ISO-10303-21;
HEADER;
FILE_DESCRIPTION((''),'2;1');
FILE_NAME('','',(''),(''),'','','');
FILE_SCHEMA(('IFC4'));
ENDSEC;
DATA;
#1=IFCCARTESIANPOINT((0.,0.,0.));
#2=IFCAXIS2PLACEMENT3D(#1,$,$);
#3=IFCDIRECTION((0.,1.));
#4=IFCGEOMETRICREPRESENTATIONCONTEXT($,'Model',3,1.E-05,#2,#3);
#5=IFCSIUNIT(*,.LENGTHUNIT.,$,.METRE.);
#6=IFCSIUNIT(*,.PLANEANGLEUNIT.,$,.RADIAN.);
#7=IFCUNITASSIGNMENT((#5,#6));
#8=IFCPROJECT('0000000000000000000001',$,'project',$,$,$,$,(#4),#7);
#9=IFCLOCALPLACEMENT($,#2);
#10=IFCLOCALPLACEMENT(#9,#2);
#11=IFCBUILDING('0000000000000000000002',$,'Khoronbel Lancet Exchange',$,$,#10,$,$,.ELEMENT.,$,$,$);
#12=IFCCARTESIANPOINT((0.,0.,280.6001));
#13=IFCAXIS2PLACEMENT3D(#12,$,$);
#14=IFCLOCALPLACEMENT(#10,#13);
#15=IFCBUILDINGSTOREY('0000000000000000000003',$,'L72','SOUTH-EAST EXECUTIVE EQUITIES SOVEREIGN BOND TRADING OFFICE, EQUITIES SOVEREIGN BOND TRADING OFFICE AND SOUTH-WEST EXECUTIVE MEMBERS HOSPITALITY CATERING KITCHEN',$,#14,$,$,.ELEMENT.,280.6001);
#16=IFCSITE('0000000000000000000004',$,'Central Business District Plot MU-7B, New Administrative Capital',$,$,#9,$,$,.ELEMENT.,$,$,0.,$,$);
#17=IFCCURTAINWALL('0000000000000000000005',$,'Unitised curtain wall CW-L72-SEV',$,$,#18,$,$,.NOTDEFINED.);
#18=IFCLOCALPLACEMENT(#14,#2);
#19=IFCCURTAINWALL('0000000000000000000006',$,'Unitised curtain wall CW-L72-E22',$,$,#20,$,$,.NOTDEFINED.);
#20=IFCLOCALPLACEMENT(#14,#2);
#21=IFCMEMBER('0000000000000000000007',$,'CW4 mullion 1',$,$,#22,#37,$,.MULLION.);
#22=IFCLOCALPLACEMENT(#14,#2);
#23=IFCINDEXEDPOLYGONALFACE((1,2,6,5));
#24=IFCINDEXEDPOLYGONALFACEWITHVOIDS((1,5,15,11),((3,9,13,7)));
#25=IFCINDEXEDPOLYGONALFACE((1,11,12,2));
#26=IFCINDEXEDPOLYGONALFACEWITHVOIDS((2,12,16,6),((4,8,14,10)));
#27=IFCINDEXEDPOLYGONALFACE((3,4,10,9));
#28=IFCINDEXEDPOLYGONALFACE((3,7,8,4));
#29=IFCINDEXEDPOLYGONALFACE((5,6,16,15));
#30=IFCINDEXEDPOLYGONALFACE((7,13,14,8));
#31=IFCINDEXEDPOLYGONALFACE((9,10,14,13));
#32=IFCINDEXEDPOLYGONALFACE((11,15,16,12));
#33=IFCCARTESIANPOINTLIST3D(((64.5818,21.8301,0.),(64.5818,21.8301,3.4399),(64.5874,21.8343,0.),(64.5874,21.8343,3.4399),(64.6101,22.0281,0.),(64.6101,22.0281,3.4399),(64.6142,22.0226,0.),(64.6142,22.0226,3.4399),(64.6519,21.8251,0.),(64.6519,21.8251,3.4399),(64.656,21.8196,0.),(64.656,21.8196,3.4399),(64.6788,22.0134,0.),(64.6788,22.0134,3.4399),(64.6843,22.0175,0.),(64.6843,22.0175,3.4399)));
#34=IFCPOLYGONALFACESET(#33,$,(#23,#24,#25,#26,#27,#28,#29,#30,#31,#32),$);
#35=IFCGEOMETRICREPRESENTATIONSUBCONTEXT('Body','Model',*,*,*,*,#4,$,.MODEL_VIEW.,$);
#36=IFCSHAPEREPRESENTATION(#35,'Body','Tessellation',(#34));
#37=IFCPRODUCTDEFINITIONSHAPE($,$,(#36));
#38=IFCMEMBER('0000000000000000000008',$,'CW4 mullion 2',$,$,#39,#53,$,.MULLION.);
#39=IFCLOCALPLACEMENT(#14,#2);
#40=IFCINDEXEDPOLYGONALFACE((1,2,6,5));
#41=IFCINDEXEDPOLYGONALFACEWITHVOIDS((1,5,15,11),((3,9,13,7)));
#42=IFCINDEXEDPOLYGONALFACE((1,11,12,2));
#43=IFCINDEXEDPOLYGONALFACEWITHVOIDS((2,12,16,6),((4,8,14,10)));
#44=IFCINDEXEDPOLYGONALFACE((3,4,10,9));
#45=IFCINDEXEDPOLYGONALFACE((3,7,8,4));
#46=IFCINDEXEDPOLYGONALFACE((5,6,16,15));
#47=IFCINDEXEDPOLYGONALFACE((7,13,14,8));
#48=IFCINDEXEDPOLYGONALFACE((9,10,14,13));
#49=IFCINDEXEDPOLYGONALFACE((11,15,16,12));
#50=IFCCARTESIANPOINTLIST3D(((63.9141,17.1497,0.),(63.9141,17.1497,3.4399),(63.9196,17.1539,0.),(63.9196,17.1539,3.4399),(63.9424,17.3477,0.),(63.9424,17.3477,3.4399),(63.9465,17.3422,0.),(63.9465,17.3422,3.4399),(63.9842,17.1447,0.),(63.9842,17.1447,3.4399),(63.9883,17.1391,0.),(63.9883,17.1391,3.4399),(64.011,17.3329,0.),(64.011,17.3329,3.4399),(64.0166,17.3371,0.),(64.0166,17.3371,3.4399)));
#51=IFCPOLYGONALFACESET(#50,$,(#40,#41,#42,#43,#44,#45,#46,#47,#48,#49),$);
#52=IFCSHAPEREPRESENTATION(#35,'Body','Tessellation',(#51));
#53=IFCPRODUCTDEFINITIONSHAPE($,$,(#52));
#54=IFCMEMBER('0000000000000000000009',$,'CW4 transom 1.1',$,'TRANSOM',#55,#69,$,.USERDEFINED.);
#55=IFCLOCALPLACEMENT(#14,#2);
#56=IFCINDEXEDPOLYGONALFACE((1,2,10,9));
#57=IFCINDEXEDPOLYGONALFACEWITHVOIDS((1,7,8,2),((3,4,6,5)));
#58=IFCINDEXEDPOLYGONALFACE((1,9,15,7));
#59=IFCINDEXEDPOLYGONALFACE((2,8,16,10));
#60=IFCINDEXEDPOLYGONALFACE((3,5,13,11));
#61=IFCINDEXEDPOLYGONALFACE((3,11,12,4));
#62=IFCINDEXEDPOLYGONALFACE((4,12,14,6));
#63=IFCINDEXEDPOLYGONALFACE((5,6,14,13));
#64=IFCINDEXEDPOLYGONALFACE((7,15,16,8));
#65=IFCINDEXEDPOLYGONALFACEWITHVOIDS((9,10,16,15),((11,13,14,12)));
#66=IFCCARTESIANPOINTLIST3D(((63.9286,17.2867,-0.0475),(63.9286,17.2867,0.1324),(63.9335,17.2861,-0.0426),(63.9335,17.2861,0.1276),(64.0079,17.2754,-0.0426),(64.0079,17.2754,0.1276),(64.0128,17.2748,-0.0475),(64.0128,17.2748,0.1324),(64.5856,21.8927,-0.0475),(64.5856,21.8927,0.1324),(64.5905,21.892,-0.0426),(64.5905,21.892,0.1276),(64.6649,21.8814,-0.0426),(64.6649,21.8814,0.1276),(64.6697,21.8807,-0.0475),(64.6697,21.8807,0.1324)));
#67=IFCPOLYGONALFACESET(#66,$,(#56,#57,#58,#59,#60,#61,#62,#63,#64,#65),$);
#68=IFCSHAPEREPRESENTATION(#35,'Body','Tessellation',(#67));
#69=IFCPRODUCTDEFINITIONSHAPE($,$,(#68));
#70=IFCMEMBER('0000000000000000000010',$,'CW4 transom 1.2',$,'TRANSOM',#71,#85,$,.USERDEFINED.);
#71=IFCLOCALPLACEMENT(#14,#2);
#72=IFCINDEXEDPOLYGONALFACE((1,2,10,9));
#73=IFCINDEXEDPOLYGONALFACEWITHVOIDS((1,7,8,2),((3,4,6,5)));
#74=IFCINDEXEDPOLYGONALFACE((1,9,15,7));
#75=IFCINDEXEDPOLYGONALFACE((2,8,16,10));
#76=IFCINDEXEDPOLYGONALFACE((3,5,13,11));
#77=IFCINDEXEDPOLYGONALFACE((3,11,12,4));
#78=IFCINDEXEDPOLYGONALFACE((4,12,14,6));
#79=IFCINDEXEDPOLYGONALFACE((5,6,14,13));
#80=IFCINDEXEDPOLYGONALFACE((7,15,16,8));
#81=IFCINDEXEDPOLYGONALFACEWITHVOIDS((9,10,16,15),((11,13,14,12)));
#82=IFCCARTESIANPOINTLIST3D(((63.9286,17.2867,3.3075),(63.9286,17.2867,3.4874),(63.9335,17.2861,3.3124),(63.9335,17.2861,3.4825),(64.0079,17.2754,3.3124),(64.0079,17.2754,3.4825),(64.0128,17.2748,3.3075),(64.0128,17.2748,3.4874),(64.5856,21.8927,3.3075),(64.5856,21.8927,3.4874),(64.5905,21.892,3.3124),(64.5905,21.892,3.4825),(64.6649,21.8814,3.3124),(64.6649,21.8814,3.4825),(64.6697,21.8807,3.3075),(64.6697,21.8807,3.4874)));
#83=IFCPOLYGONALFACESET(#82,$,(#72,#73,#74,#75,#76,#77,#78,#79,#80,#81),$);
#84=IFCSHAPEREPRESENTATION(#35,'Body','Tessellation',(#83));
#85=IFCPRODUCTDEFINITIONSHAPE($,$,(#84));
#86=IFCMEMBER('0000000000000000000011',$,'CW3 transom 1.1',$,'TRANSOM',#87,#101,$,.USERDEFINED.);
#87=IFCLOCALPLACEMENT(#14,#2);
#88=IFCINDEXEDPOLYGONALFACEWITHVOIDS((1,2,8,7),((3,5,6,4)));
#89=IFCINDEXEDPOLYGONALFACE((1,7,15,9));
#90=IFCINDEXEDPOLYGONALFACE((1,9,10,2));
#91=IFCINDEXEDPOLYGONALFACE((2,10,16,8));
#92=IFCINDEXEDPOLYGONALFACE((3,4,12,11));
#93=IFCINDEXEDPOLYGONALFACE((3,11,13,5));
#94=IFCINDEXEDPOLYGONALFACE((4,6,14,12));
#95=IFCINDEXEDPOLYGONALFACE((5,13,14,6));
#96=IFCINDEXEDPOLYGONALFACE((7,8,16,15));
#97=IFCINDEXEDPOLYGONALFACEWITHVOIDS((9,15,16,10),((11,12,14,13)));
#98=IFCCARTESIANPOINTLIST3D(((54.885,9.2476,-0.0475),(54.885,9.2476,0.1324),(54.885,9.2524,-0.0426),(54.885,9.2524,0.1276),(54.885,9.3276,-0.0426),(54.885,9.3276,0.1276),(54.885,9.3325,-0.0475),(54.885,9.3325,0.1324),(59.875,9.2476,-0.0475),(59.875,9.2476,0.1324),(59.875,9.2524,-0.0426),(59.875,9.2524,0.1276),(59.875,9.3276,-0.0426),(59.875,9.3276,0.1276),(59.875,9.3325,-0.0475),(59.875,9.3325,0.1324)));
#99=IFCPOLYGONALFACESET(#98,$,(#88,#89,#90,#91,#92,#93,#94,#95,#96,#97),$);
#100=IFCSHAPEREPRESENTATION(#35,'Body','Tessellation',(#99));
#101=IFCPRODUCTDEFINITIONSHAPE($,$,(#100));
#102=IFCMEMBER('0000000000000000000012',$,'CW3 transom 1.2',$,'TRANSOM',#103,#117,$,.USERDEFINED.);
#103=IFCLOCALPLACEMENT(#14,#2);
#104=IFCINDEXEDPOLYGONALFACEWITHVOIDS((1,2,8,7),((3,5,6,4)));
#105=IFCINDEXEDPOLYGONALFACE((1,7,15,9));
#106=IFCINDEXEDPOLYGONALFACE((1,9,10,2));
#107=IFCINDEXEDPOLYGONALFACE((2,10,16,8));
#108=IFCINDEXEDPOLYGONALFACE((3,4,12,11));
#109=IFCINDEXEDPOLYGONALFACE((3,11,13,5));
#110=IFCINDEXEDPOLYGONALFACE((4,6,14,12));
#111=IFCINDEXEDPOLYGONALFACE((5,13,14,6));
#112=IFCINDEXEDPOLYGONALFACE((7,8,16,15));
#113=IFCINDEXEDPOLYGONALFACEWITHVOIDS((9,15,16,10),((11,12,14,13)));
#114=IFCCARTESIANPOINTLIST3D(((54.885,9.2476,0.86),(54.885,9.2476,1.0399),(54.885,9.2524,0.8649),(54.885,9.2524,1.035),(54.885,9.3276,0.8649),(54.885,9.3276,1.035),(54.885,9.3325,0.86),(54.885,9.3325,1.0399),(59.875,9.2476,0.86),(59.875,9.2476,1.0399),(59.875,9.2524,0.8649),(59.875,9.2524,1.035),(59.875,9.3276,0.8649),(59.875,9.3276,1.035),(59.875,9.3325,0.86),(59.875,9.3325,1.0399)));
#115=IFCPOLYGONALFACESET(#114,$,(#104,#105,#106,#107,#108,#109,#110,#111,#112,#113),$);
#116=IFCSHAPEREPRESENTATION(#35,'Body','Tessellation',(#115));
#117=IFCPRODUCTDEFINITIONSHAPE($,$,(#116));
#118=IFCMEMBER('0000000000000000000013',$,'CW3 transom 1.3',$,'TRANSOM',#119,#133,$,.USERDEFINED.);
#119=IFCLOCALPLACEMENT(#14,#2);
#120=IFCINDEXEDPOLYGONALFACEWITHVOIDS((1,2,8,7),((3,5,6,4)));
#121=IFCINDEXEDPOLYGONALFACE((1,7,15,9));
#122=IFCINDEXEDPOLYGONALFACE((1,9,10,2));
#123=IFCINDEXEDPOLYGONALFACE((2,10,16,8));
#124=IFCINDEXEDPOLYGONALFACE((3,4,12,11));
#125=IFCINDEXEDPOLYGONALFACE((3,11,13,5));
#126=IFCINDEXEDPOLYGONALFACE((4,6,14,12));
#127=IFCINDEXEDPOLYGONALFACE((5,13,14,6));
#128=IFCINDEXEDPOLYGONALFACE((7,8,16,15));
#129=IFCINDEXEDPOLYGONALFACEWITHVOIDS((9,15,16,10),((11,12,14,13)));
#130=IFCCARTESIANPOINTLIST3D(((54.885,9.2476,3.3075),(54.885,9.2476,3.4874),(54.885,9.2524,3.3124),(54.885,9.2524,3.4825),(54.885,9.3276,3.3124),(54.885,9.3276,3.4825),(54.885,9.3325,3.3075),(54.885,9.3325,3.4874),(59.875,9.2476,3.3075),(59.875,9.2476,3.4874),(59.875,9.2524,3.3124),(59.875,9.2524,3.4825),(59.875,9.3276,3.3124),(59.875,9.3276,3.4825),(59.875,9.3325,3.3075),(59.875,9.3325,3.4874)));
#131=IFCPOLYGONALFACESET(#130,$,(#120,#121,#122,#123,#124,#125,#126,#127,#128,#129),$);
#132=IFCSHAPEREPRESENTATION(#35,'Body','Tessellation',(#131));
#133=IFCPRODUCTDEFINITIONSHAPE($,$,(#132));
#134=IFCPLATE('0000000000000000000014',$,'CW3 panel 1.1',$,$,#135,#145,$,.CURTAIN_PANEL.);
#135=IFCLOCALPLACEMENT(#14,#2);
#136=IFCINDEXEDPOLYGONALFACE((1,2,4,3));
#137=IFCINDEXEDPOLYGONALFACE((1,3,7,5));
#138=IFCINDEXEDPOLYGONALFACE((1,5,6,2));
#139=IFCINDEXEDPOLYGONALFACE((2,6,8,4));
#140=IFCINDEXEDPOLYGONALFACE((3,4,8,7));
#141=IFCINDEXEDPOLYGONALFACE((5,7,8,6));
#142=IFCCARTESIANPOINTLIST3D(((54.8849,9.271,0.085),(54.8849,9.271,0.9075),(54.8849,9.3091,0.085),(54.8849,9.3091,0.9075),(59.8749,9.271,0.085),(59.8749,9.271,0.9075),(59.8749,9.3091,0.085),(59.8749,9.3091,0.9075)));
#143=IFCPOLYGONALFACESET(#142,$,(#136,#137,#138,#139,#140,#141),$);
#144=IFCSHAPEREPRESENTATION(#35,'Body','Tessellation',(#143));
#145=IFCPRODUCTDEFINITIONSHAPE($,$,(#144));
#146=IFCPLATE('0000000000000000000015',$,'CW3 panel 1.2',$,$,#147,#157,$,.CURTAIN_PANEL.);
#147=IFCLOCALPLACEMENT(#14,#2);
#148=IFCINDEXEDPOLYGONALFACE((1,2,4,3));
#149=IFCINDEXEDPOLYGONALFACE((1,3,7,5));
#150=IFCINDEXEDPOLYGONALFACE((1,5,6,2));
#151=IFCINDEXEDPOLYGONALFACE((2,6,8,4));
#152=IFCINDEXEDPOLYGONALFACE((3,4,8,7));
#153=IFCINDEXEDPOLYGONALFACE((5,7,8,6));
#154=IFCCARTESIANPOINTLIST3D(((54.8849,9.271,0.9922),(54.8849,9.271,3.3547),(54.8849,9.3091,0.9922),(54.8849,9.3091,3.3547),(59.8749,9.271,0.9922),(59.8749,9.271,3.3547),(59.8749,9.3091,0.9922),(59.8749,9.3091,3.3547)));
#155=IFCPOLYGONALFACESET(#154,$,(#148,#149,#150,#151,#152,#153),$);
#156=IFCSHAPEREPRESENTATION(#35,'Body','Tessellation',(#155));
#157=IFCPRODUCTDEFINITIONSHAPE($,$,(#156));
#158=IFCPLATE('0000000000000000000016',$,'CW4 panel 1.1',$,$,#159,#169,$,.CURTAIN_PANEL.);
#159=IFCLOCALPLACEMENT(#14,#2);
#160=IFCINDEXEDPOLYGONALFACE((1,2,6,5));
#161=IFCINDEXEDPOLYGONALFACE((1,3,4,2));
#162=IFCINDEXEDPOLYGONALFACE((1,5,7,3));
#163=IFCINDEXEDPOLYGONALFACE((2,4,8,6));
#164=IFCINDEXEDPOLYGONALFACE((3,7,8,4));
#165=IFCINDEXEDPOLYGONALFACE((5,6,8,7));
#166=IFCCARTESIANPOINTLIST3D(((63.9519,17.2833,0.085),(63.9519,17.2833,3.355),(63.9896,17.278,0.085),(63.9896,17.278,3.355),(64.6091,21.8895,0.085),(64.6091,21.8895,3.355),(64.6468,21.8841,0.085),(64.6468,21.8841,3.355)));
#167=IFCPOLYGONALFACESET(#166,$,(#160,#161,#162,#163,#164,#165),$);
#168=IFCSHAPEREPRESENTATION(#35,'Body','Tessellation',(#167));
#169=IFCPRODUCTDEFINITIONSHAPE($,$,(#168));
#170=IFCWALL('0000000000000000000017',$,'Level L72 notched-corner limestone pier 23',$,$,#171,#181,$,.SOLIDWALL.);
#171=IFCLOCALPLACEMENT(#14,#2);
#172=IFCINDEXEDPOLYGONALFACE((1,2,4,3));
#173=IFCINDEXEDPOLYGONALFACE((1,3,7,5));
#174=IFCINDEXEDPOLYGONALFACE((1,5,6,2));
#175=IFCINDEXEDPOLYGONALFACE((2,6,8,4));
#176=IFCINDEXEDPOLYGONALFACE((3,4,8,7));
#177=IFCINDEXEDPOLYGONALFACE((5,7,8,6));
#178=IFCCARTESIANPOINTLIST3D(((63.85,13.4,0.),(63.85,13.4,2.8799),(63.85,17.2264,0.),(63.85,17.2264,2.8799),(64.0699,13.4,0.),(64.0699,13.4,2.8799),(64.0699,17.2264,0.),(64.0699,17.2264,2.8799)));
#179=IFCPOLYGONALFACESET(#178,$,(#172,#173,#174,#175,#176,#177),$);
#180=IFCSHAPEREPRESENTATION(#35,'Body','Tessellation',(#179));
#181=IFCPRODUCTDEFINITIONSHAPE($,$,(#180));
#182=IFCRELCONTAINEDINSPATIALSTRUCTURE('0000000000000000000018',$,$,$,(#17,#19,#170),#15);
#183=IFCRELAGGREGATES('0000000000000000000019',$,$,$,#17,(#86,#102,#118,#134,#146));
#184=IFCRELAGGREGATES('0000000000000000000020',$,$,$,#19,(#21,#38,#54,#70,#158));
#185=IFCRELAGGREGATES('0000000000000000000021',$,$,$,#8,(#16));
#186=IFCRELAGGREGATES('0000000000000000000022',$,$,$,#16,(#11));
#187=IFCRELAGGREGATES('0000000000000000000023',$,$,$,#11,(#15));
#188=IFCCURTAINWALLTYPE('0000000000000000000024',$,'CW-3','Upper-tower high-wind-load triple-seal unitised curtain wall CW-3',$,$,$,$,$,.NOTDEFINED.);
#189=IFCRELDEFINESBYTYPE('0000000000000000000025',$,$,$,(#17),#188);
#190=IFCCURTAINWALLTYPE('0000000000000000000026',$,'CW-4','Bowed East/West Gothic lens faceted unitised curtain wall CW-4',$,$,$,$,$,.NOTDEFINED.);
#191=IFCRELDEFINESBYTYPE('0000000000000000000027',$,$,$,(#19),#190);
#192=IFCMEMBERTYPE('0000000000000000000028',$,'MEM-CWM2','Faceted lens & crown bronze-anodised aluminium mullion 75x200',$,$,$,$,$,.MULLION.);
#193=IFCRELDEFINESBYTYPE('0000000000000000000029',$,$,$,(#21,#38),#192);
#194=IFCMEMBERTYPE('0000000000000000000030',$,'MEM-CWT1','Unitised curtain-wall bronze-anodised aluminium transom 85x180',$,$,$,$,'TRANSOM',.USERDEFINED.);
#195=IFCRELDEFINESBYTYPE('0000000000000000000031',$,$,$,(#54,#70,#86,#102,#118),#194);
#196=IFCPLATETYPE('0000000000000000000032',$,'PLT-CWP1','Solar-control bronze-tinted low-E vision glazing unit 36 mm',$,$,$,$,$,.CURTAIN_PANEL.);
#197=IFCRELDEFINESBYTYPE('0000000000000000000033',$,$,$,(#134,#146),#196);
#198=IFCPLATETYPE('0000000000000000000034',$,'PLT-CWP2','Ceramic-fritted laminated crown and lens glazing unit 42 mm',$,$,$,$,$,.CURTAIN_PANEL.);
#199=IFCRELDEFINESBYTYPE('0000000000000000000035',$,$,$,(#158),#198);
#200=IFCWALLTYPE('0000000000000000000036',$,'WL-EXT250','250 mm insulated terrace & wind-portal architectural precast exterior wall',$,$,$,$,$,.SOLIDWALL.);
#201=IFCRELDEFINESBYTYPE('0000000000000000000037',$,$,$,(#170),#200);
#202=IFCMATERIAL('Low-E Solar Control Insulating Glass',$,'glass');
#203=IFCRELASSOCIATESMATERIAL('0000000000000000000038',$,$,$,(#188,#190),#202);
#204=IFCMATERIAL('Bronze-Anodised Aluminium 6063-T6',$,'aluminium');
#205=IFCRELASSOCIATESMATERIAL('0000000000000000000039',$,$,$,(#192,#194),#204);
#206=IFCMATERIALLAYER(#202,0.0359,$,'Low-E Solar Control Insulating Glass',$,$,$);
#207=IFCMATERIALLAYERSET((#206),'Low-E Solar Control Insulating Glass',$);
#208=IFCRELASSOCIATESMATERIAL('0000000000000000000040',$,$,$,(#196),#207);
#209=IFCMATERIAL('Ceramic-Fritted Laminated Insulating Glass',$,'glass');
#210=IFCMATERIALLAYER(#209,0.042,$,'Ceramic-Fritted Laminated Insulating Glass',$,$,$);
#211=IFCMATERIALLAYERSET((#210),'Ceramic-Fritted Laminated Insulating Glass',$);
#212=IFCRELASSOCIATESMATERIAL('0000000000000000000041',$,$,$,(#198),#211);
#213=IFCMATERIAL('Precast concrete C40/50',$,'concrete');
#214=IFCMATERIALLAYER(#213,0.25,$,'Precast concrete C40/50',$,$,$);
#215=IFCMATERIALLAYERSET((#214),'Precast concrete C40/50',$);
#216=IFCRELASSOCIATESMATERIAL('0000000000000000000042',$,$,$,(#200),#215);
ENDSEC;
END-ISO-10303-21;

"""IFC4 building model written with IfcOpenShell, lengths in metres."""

from ifc_helpers import new_model, si_unit, direction, frame, frame_2d, origin, origin_2d, place, context, subcontext, project, spatial, rectangle, hollow_rectangle, extrude, material, layer, layer_set, material_profile, profile_set, type_object, element, aggregate, save


model = new_model("IFC4")

# Units and contexts
model_context = context("Model", 3, precision=1e-05, world=origin(), true_north=direction((0.0, 1.0)))
body_context = subcontext(model_context, "Body", "Model", "MODEL_VIEW")
ifc_project = project(units=[si_unit("LENGTHUNIT", "METRE"), si_unit("PLANEANGLEUNIT", "RADIAN")], contexts=[model_context])

# Site, building, storey
site_placement = place(None, origin())
site = spatial("IfcSite", under=ifc_project, at=site_placement, Name="Central Business District Plot MU-7B, New Administrative Capital", CompositionType="ELEMENT", RefElevation=0.0)
building_placement = place(site_placement, origin())
building = spatial("IfcBuilding", under=site, at=building_placement, Name="Khoronbel Lancet Exchange", CompositionType="ELEMENT")
storey_placement = place(building_placement, frame((0.0, 0.0, 280.6001)))
storey = spatial("IfcBuildingStorey", under=building, at=storey_placement, Name="L72", Description="SOUTH-EAST EXECUTIVE EQUITIES SOVEREIGN BOND TRADING OFFICE, EQUITIES SOVEREIGN BOND TRADING OFFICE AND SOUTH-WEST EXECUTIVE MEMBERS HOSPITALITY CATERING KITCHEN", CompositionType="ELEMENT", Elevation=280.6001)

# Shared definitions
ifc_material_1 = material(Name="Low-E Solar Control Insulating Glass", Category="glass")
curtain_wall_type_1 = type_object("IfcCurtainWallType", Name="CW-3", Description="Upper-tower high-wind-load triple-seal unitised curtain wall CW-3", PredefinedType="NOTDEFINED", material=ifc_material_1)
ifc_material_2 = material(Name="Bronze-Anodised Aluminium 6063-T6", Category="aluminium")

# Curtain wall
curtain_wall_1_placement = place(storey_placement, origin())
curtain_wall_1 = element("IfcCurtainWall", 1, at=curtain_wall_1_placement, inside=storey, type_object=curtain_wall_type_1, Name="Unitised curtain wall CW-L72-SEV", PredefinedType="NOTDEFINED")

# Shared definitions
curtain_wall_type_2 = type_object("IfcCurtainWallType", Name="CW-4", Description="Bowed East/West Gothic lens faceted unitised curtain wall CW-4", PredefinedType="NOTDEFINED", material=ifc_material_1)
ifc_material_profile_1 = material_profile(ifc_material_2, hollow_rectangle(XDim=0.075, YDim=0.2, WallThickness=0.0049, at=origin_2d()), Name="ALU MULLION 75x200")
ifc_profile_set_1 = profile_set([ifc_material_profile_1], Name="Bronze-Anodised Aluminium 6063-T6")
member_type_1 = type_object("IfcMemberType", Name="MEM-CWM2", Description="Faceted lens & crown bronze-anodised aluminium mullion 75x200", PredefinedType="MULLION", material=ifc_profile_set_1)

# Curtain wall, members
curtain_wall_2_placement = place(storey_placement, origin())
curtain_wall_2 = element("IfcCurtainWall", 2, at=curtain_wall_2_placement, inside=storey, type_object=curtain_wall_type_2, Name="Unitised curtain wall CW-L72-E22", PredefinedType="NOTDEFINED")
member_1_placement = place(storey_placement, frame((64.6331, 21.9238, 0.0), z_axis=(0.0, 0.0, 1.0), x_axis=(0.989974, -0.141252, 0.0)))
member_1 = element("IfcMember", 3, at=member_1_placement, type_object=member_type_1, Name="CW4 mullion 1", PredefinedType="MULLION", context=body_context, shape_type="SweptSolid", body=[
    extrude(hollow_rectangle(XDim=0.075, YDim=0.2, WallThickness=0.0049, at=origin_2d()), origin(), (0.0, 0.0, 1.0), 3.4399),
])
member_2_placement = place(storey_placement, frame((63.9653, 17.2434, 0.0), z_axis=(0.0, 0.0, 1.0), x_axis=(0.989974, -0.141252, 0.0)))
member_2 = element("IfcMember", 4, at=member_2_placement, type_object=member_type_1, Name="CW4 mullion 2", PredefinedType="MULLION", context=body_context, shape_type="SweptSolid", body=[
    extrude(hollow_rectangle(XDim=0.075, YDim=0.2, WallThickness=0.0049, at=origin_2d()), origin(), (0.0, 0.0, 1.0), 3.4399),
])
ifc_material_profile_2 = material_profile(ifc_material_2, hollow_rectangle(XDim=0.085, YDim=0.1799, WallThickness=0.0049, at=origin_2d()), Name="ALU TRANSOM 85x180")
ifc_profile_set_2 = profile_set([ifc_material_profile_2], Name="Bronze-Anodised Aluminium 6063-T6")
member_type_2 = type_object("IfcMemberType", Name="MEM-CWT1", Description="Unitised curtain-wall bronze-anodised aluminium transom 85x180", ElementType="TRANSOM", PredefinedType="USERDEFINED", material=ifc_profile_set_2)
member_3_placement = place(storey_placement, frame((64.6277, 21.8867, 0.0425), z_axis=(-0.141208, -0.98998, 0.0), x_axis=(0.98998, -0.141208, 0.0)))
member_3 = element("IfcMember", 5, at=member_3_placement, type_object=member_type_2, Name="CW4 transom 1.1", ObjectType="TRANSOM", PredefinedType="USERDEFINED", context=body_context, shape_type="SweptSolid", body=[
    extrude(hollow_rectangle(XDim=0.085, YDim=0.1799, WallThickness=0.0049, at=origin_2d()), origin(), (0.0, 0.0, 1.0), 4.6526),
])
member_4_placement = place(storey_placement, frame((64.6277, 21.8867, 3.3975), z_axis=(-0.141208, -0.98998, 0.0), x_axis=(0.98998, -0.141208, 0.0)))
member_4 = element("IfcMember", 6, at=member_4_placement, type_object=member_type_2, Name="CW4 transom 1.2", ObjectType="TRANSOM", PredefinedType="USERDEFINED", context=body_context, shape_type="SweptSolid", body=[
    extrude(hollow_rectangle(XDim=0.085, YDim=0.1799, WallThickness=0.0049, at=origin_2d()), origin(), (0.0, 0.0, 1.0), 4.6526),
])

# Members
member_5_placement = place(storey_placement, frame((54.885, 9.29, 0.0425), z_axis=(1.0, 0.0, 0.0), x_axis=(0.0, 1.0, 0.0)))
member_5 = element("IfcMember", 7, at=member_5_placement, type_object=member_type_2, Name="CW3 transom 1.1", ObjectType="TRANSOM", PredefinedType="USERDEFINED", context=body_context, shape_type="SweptSolid", body=[
    extrude(hollow_rectangle(XDim=0.085, YDim=0.1799, WallThickness=0.0049, at=origin_2d()), origin(), (0.0, 0.0, 1.0), 4.99),
])
member_6_placement = place(storey_placement, frame((54.885, 9.29, 0.95), z_axis=(1.0, 0.0, 0.0), x_axis=(0.0, 1.0, 0.0)))
member_6 = element("IfcMember", 8, at=member_6_placement, type_object=member_type_2, Name="CW3 transom 1.2", ObjectType="TRANSOM", PredefinedType="USERDEFINED", context=body_context, shape_type="SweptSolid", body=[
    extrude(hollow_rectangle(XDim=0.085, YDim=0.1799, WallThickness=0.0049, at=origin_2d()), origin(), (0.0, 0.0, 1.0), 4.99),
])
member_7_placement = place(storey_placement, frame((54.885, 9.29, 3.3975), z_axis=(1.0, 0.0, 0.0), x_axis=(0.0, 1.0, 0.0)))
member_7 = element("IfcMember", 9, at=member_7_placement, type_object=member_type_2, Name="CW3 transom 1.3", ObjectType="TRANSOM", PredefinedType="USERDEFINED", context=body_context, shape_type="SweptSolid", body=[
    extrude(hollow_rectangle(XDim=0.085, YDim=0.1799, WallThickness=0.0049, at=origin_2d()), origin(), (0.0, 0.0, 1.0), 4.99),
])

# Plates
ifc_layer_1 = layer(ifc_material_1, 0.0359, Name="Low-E Solar Control Insulating Glass")
ifc_layer_set_1 = layer_set([ifc_layer_1], Name="Low-E Solar Control Insulating Glass")
plate_type_1 = type_object("IfcPlateType", Name="PLT-CWP1", Description="Solar-control bronze-tinted low-E vision glazing unit 36 mm", PredefinedType="CURTAIN_PANEL", material=ifc_layer_set_1)
plate_1_placement = place(storey_placement, frame((57.3799, 9.29, 0.085), z_axis=(0.0, 0.0, 1.0), x_axis=(1.0, 0.0, 0.0)))
plate_1 = element("IfcPlate", 10, at=plate_1_placement, type_object=plate_type_1, Name="CW3 panel 1.1", PredefinedType="CURTAIN_PANEL", context=body_context, shape_type="SweptSolid", body=[
    extrude(rectangle(XDim=4.99, YDim=0.0381, at=origin_2d()), origin(), (0.0, 0.0, 1.0), 0.8225),
])
plate_2_placement = place(storey_placement, frame((57.3799, 9.29, 0.9922), z_axis=(0.0, 0.0, 1.0), x_axis=(1.0, 0.0, 0.0)))
plate_2 = element("IfcPlate", 11, at=plate_2_placement, type_object=plate_type_1, Name="CW3 panel 1.2", PredefinedType="CURTAIN_PANEL", context=body_context, shape_type="SweptSolid", body=[
    extrude(rectangle(XDim=4.99, YDim=0.0381, at=origin_2d()), origin(), (0.0, 0.0, 1.0), 2.3625),
])
aggregate(curtain_wall_1, [member_5, member_6, member_7, plate_1, plate_2])
ifc_material_3 = material(Name="Ceramic-Fritted Laminated Insulating Glass", Category="glass")
ifc_layer_2 = layer(ifc_material_3, 0.042, Name="Ceramic-Fritted Laminated Insulating Glass")
ifc_layer_set_2 = layer_set([ifc_layer_2], Name="Ceramic-Fritted Laminated Insulating Glass")
plate_type_2 = type_object("IfcPlateType", Name="PLT-CWP2", Description="Ceramic-fritted laminated crown and lens glazing unit 42 mm", PredefinedType="CURTAIN_PANEL", material=ifc_layer_set_2)
plate_3_placement = place(storey_placement, frame((64.2993, 19.5837, 0.085), z_axis=(0.0, 0.0, 1.0), x_axis=(-0.141252, -0.989974, 0.0)))
plate_3 = element("IfcPlate", 12, at=plate_3_placement, type_object=plate_type_2, Name="CW4 panel 1.1", PredefinedType="CURTAIN_PANEL", context=body_context, shape_type="SweptSolid", body=[
    extrude(rectangle(XDim=4.6528, YDim=0.0381, at=origin_2d()), origin(), (0.0, 0.0, 1.0), 3.27),
])
aggregate(curtain_wall_2, [member_1, member_2, member_3, member_4, plate_3])

# Wall
ifc_material_4 = material(Name="Precast concrete C40/50", Category="concrete")
ifc_layer_3 = layer(ifc_material_4, 0.25, Name="Precast concrete C40/50")
ifc_layer_set_3 = layer_set([ifc_layer_3], Name="Precast concrete C40/50")
wall_type_1 = type_object("IfcWallType", Name="WL-EXT250", Description="250 mm insulated terrace & wind-portal architectural precast exterior wall", PredefinedType="SOLIDWALL", material=ifc_layer_set_3)
wall_1_placement = place(storey_placement, frame((63.96, 17.2263, 0.0), z_axis=(0.0, 0.0, 1.0), x_axis=(0.0, -1.0, 0.0)))
element("IfcWall", 13, at=wall_1_placement, inside=storey, type_object=wall_type_1, Name="Level L72 notched-corner limestone pier 23", PredefinedType="SOLIDWALL", context=body_context, shape_type="SweptSolid", body=[
    extrude(rectangle(XDim=3.8264, YDim=0.22, at=frame_2d((1.9131, 0.0))), origin(), (0.0, 0.0, 1.0), 2.8799),
])

save(model, "model.ifc")
